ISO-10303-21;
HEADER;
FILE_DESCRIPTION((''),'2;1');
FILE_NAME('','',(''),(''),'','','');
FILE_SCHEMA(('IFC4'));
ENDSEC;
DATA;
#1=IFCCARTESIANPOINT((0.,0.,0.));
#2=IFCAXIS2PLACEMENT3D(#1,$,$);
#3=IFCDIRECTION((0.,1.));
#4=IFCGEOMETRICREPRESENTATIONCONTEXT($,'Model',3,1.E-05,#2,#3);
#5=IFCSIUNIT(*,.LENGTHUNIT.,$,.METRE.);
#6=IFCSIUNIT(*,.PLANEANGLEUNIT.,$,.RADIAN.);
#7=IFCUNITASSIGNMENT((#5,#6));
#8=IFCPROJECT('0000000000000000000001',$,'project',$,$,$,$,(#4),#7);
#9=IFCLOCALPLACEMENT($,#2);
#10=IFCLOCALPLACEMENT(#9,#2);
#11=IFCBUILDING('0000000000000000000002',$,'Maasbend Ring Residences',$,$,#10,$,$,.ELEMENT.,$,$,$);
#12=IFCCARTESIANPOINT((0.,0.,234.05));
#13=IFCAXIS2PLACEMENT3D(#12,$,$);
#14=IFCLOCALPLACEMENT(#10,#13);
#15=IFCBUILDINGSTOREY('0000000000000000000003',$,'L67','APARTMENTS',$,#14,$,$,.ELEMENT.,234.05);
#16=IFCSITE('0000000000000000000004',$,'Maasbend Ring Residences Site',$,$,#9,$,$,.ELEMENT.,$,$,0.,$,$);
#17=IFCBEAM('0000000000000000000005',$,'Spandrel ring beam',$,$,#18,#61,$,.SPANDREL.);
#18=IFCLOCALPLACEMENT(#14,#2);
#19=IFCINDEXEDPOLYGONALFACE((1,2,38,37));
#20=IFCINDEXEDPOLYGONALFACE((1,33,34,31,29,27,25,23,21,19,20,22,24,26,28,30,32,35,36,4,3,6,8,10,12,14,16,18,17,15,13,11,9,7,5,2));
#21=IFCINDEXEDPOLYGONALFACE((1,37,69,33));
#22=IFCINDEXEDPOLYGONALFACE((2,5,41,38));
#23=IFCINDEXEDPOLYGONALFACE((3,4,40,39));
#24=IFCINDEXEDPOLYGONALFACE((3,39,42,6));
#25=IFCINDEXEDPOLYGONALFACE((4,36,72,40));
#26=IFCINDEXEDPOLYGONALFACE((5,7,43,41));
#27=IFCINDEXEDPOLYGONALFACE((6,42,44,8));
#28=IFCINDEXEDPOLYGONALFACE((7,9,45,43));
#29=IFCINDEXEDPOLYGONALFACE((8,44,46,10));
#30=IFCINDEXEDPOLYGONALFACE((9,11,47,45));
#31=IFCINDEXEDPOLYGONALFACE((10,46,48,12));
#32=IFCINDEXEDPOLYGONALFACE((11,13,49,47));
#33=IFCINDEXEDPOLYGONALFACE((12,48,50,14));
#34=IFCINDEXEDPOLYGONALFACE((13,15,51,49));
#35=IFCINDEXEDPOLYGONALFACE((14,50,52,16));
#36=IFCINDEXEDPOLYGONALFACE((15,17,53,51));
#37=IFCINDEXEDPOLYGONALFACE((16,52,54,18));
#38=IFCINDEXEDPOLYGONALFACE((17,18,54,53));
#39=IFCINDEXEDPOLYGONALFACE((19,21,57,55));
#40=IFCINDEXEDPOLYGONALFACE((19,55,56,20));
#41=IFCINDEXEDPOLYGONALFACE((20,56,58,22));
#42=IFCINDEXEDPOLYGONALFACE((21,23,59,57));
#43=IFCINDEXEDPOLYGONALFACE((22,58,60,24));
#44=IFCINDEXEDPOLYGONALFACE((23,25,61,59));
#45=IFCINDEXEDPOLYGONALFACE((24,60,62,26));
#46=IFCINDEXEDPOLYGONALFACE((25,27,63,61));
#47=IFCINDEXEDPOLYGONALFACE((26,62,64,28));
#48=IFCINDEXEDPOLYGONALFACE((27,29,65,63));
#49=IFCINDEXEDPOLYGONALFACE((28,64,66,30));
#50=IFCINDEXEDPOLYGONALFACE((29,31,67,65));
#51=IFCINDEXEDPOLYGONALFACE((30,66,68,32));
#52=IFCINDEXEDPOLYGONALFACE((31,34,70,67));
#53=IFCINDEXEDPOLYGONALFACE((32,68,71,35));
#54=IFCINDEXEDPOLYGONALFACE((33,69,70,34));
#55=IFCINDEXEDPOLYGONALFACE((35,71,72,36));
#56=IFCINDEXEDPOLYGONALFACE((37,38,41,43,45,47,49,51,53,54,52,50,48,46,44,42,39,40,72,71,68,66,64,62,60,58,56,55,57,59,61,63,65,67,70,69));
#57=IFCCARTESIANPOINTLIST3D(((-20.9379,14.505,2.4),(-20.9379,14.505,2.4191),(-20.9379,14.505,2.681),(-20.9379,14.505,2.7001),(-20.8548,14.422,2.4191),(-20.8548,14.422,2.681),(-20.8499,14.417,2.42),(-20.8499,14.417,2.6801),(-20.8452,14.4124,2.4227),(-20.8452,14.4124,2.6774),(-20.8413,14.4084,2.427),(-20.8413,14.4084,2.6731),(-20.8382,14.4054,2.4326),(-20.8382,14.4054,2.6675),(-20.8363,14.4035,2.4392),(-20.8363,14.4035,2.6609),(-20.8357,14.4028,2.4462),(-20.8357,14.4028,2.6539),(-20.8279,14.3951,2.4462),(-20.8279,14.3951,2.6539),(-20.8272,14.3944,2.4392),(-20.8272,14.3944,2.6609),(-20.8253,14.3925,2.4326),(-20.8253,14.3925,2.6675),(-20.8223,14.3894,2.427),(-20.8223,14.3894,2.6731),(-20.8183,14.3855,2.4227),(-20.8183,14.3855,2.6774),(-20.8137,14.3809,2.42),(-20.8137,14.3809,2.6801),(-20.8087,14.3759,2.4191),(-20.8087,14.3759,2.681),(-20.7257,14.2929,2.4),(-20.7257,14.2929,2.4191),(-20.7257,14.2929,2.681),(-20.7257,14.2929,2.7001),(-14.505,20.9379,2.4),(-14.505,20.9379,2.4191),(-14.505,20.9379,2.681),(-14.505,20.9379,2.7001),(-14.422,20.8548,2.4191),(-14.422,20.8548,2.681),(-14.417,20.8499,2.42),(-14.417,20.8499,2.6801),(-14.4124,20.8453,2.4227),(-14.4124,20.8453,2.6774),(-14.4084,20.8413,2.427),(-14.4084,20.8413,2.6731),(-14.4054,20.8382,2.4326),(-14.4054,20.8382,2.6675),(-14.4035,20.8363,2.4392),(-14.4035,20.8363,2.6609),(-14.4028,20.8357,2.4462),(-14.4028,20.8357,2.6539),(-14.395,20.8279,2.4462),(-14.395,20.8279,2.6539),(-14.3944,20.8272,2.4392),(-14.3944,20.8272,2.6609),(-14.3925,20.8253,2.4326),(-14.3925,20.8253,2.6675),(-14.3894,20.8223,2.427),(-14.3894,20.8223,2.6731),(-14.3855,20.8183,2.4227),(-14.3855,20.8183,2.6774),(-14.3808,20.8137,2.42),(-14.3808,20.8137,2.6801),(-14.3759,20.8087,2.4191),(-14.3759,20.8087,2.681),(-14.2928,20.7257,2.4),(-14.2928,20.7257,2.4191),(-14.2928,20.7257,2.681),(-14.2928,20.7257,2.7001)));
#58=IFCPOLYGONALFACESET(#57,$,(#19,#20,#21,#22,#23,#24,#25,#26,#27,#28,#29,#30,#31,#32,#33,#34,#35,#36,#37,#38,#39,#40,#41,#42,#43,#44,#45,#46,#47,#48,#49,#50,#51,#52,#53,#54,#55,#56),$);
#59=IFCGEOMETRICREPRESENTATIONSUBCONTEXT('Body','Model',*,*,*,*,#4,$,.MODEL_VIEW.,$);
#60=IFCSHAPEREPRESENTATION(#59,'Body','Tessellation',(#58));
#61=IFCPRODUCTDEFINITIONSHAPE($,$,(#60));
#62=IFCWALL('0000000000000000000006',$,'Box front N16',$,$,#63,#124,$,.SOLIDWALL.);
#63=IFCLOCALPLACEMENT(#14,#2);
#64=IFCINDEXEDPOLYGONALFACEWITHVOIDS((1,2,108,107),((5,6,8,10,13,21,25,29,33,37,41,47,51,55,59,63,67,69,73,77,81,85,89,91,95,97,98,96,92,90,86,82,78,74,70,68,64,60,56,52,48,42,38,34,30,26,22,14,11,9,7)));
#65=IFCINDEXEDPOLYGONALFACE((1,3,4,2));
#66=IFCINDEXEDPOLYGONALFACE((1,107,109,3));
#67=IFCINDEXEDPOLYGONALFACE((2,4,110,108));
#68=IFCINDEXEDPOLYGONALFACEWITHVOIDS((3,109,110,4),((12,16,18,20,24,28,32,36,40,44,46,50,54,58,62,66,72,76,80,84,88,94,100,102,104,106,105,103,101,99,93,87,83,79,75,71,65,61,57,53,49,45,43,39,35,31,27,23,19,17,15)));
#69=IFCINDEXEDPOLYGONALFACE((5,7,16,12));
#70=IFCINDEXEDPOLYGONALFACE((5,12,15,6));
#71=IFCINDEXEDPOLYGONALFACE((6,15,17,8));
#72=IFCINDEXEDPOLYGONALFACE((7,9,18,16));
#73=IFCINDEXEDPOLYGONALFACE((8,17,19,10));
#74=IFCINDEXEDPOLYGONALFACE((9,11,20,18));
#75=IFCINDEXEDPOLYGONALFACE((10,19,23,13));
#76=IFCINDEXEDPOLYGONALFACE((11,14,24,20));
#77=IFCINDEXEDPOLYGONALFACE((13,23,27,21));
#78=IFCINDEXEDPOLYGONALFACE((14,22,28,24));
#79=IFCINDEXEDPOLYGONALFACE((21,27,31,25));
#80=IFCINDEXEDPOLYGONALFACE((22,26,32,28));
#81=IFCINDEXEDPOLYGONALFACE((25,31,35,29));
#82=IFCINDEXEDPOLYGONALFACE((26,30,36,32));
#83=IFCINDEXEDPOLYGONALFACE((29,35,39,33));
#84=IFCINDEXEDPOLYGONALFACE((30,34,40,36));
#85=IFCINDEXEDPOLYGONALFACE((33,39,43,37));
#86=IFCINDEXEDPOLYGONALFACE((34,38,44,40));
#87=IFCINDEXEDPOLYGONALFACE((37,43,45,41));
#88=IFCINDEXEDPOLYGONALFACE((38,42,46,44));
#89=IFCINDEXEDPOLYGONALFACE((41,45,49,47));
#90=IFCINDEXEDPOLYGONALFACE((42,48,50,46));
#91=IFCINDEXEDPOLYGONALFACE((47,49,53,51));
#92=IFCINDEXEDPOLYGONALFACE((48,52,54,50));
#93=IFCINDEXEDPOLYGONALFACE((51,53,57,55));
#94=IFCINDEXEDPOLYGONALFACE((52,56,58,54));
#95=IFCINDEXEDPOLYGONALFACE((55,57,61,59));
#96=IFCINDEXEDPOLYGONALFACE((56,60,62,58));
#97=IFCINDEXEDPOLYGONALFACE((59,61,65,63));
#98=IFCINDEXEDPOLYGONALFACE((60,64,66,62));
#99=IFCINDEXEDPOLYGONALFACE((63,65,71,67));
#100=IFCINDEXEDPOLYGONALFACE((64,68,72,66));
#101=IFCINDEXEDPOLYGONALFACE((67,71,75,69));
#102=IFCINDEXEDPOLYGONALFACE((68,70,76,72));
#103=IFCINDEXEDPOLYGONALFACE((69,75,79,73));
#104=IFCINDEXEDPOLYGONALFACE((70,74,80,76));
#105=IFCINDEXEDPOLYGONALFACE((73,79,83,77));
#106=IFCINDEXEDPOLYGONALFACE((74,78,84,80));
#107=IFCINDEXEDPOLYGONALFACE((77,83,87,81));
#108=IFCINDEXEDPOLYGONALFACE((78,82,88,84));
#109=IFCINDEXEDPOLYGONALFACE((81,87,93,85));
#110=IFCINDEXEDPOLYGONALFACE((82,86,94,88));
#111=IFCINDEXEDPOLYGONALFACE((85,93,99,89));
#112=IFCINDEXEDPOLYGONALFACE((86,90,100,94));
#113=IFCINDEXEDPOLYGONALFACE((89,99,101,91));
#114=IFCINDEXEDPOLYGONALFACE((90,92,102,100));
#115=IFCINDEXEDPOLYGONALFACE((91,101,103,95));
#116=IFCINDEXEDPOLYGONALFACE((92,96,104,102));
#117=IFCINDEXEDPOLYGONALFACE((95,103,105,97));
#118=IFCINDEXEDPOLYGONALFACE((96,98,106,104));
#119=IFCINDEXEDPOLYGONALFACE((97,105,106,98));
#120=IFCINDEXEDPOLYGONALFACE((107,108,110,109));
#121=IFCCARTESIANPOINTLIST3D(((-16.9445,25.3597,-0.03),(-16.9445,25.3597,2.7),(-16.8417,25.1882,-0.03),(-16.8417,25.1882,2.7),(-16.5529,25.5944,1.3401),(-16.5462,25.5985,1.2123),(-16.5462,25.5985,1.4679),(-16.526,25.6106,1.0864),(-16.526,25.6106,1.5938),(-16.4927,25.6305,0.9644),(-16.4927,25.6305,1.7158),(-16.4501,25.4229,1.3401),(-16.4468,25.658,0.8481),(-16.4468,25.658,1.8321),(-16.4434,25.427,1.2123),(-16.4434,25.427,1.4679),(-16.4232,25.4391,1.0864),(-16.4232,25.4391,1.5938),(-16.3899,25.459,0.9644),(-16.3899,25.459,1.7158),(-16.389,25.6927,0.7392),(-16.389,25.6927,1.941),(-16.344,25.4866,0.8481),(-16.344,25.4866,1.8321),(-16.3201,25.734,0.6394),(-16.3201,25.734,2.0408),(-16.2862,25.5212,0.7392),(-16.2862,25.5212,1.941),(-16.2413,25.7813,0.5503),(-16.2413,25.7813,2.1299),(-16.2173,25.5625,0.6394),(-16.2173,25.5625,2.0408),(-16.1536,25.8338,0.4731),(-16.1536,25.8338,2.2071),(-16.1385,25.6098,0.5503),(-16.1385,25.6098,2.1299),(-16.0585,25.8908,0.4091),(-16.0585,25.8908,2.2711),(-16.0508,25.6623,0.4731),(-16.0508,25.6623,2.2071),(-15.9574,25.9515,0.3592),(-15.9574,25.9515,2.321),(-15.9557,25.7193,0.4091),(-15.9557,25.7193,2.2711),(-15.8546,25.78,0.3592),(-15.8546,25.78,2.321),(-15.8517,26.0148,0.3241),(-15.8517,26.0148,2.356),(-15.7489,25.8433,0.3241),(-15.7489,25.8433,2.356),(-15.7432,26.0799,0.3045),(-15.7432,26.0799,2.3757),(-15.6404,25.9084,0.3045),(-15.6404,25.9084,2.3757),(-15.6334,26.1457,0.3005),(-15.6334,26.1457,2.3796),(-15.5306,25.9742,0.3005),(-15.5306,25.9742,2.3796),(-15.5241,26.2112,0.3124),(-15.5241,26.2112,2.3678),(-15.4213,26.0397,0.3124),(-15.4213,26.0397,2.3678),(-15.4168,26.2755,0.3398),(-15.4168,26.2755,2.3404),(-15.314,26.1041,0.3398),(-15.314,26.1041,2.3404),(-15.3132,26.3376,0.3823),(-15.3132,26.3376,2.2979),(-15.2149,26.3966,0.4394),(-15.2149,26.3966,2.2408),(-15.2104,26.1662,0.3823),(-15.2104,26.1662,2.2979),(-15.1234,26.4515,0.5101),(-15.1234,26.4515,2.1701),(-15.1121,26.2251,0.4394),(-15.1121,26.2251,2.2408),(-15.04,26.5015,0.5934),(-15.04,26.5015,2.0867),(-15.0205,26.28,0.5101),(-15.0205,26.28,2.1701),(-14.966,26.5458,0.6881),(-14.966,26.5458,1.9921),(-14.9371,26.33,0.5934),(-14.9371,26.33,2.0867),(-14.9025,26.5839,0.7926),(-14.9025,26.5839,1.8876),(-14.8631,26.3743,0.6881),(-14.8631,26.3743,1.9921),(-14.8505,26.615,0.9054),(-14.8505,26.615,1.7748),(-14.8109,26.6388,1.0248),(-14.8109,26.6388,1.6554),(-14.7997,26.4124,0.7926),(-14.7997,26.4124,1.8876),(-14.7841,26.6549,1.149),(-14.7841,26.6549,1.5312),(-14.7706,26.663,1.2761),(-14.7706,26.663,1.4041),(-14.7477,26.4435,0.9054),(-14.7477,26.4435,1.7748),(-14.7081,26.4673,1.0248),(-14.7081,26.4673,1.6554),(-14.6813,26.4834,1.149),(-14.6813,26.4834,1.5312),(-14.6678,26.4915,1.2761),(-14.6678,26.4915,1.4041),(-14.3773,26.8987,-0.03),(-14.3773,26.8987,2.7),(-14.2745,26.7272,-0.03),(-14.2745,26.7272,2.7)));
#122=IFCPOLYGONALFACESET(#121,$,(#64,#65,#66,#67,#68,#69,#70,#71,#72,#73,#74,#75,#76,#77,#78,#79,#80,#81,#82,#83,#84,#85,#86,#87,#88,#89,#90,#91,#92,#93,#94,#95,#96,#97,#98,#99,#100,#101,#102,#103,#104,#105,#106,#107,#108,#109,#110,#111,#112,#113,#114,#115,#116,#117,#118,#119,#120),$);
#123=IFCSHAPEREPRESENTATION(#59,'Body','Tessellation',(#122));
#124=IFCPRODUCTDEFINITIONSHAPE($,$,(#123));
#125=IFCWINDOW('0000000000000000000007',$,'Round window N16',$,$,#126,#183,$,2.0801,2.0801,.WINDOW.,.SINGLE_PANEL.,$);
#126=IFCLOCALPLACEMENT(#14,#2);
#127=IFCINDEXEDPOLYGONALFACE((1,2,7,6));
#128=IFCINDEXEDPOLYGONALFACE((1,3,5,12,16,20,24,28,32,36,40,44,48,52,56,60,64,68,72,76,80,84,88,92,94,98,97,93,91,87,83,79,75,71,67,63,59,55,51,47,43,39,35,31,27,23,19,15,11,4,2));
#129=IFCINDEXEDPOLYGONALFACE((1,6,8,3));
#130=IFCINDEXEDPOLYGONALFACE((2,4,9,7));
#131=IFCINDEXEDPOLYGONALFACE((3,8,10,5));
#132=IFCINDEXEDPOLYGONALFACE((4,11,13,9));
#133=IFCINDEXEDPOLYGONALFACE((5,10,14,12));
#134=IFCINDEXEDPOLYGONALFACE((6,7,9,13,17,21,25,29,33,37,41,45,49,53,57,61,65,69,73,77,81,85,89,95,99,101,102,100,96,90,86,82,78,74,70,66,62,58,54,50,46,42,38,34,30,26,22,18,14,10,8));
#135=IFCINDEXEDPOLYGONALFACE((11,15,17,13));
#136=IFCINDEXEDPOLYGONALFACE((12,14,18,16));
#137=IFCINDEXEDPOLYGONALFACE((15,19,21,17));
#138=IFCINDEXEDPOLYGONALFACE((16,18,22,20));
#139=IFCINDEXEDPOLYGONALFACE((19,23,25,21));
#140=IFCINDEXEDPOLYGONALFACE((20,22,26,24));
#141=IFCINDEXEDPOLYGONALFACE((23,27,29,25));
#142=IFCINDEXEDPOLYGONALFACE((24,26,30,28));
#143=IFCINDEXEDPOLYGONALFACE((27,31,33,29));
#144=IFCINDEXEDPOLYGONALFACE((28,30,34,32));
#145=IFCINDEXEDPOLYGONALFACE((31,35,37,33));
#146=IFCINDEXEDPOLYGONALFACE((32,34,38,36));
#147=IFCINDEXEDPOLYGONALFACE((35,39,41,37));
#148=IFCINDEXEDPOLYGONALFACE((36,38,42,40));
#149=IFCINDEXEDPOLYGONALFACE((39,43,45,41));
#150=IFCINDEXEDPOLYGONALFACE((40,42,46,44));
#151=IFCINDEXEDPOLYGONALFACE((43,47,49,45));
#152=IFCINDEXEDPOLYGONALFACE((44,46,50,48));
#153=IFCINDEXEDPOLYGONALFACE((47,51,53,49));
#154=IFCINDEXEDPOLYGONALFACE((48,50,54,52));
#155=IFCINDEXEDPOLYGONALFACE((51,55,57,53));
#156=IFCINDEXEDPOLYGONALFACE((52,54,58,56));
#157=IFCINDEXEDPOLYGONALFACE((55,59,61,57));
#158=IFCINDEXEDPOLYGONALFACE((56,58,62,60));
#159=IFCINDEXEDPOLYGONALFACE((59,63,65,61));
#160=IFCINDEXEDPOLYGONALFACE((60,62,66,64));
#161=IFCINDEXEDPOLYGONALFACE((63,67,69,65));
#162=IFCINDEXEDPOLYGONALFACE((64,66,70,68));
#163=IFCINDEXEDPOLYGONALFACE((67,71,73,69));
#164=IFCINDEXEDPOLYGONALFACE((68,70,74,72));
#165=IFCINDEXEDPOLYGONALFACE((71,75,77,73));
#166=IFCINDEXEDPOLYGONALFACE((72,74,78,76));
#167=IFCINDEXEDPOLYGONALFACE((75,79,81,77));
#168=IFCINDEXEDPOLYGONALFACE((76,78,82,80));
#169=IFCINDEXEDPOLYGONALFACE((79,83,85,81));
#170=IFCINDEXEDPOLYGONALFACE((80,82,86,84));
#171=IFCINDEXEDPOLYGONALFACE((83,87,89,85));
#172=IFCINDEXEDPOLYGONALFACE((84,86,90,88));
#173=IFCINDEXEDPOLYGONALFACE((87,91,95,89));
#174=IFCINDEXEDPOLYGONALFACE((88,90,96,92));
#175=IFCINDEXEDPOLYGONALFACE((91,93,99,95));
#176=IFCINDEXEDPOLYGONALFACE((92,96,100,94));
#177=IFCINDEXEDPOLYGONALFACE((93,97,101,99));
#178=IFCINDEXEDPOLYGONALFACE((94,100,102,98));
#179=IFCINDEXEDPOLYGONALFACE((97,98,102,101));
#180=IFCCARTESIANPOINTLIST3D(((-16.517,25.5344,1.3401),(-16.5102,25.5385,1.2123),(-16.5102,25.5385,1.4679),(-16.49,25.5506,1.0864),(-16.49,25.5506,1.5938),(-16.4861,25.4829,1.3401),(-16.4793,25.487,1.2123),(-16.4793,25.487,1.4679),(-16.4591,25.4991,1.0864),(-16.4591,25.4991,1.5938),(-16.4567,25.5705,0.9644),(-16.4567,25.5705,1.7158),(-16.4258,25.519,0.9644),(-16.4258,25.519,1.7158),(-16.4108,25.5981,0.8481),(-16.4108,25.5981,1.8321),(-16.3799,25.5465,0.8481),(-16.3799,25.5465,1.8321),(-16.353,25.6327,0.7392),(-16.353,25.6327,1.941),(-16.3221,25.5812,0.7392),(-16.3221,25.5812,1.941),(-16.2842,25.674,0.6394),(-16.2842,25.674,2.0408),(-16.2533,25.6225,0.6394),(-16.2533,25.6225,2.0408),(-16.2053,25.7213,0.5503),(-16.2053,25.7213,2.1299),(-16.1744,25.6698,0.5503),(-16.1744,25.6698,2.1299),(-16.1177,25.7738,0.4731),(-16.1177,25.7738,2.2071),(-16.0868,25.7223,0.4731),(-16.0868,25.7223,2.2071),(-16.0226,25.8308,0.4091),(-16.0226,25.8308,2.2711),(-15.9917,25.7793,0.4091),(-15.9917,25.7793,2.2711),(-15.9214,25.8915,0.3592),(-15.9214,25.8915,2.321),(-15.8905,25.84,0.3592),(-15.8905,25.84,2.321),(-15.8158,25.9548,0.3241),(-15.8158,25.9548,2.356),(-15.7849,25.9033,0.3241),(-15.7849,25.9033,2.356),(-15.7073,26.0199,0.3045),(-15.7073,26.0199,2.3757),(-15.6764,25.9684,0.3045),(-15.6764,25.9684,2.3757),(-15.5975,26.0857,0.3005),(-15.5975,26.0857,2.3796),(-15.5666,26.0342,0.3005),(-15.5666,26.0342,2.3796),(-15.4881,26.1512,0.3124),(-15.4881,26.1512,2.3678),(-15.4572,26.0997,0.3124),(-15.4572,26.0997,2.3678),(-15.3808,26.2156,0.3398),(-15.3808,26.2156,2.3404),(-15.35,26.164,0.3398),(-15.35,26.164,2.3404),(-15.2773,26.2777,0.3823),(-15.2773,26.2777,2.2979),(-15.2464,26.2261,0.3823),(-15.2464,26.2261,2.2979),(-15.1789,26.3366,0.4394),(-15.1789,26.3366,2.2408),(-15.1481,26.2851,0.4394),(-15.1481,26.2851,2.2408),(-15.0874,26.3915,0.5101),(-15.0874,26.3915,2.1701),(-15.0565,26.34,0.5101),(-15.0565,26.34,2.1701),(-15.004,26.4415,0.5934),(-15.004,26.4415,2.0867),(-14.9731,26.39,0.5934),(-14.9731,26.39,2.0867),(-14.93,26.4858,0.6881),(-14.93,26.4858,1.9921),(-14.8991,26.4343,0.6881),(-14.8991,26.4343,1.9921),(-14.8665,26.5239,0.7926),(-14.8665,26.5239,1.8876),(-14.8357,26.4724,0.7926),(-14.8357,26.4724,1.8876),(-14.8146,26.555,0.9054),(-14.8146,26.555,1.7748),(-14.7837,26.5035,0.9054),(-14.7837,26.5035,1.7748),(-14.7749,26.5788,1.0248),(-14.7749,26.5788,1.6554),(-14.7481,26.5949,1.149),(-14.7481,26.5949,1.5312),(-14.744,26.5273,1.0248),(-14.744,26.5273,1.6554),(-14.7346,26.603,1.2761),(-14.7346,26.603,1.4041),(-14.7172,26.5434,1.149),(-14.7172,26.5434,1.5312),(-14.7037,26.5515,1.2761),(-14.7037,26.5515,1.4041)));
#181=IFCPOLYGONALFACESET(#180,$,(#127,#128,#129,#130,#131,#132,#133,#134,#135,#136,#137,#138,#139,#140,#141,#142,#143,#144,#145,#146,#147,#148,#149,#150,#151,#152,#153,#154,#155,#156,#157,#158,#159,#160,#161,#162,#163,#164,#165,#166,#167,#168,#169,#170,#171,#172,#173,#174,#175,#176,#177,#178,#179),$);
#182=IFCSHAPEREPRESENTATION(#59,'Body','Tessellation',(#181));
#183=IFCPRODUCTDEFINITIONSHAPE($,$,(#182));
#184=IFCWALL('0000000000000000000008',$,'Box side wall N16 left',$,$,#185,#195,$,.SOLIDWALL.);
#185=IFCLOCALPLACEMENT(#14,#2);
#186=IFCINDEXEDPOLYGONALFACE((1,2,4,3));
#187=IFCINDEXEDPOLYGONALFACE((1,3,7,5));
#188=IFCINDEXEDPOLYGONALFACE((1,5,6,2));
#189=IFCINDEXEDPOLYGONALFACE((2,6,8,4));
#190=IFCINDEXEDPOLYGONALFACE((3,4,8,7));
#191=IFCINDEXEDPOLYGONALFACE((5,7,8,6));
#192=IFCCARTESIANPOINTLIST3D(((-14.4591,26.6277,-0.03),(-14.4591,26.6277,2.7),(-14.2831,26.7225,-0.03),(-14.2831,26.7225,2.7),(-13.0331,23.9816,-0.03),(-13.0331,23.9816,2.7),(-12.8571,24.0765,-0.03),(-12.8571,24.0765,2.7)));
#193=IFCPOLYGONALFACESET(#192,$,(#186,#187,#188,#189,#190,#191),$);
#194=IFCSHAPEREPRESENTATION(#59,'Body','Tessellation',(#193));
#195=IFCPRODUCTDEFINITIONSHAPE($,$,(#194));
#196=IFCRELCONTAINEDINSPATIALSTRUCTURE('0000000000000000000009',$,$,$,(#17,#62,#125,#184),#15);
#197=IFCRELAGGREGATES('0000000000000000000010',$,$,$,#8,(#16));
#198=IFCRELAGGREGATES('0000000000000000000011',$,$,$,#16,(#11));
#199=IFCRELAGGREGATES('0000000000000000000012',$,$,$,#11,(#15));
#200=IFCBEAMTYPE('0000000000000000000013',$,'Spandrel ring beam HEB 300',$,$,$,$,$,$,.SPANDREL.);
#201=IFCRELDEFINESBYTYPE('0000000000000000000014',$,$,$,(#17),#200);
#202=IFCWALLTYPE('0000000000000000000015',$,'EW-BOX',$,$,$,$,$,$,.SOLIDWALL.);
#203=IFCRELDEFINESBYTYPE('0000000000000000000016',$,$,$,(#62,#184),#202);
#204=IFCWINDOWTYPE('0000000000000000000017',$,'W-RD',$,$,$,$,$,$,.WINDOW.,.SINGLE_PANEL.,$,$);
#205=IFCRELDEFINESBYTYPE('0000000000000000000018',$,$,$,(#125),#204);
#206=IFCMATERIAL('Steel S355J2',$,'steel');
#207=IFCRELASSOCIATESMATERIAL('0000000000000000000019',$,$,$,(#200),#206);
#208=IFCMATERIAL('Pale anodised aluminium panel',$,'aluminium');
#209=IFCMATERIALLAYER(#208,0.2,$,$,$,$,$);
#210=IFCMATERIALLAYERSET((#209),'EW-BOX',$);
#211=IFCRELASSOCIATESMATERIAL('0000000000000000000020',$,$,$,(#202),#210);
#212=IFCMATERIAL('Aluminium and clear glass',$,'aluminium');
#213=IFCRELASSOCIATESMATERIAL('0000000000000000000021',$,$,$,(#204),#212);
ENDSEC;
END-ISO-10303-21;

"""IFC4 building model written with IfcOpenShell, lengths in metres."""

from ifc_helpers import new_model, si_unit, direction, frame, frame_2d, origin, origin_2d, place, context, subcontext, project, spatial, rectangle, circle, i_section, extrude, material, layer, layer_set, material_profile, profile_set, type_object, element, fill, save


model = new_model("IFC4")

# Units and contexts
model_context = context("Model", 3, precision=1e-05, world=origin(), true_north=direction((0.0, 1.0)))
body_context = subcontext(model_context, "Body", "Model", "MODEL_VIEW")
ifc_project = project(units=[si_unit("LENGTHUNIT", "METRE"), si_unit("PLANEANGLEUNIT", "RADIAN")], contexts=[model_context])

# Site, building, storey
site_placement = place(None, origin())
site = spatial("IfcSite", under=ifc_project, at=site_placement, Name="Maasbend Ring Residences Site", CompositionType="ELEMENT", RefElevation=0.0)
building_placement = place(site_placement, origin())
building = spatial("IfcBuilding", under=site, at=building_placement, Name="Maasbend Ring Residences", CompositionType="ELEMENT")
storey_placement = place(building_placement, frame((0.0, 0.0, 234.05)))
storey = spatial("IfcBuildingStorey", under=building, at=storey_placement, Name="L67", Description="APARTMENTS", CompositionType="ELEMENT", Elevation=234.05)

# Beam
ifc_material_1 = material(Name="Steel S355J2", Category="steel")
ifc_material_profile_1 = material_profile(ifc_material_1, i_section(OverallWidth=0.3, OverallDepth=0.3, WebThickness=0.011, FlangeThickness=0.019, FilletRadius=0.0271, at=origin_2d()), Name="HEB 300")
ifc_profile_set_1 = profile_set([ifc_material_profile_1], Name="Steel S355J2")
beam_type = type_object("IfcBeamType", Name="Spandrel ring beam HEB 300", PredefinedType="SPANDREL", material=ifc_profile_set_1)
beam_placement = place(storey_placement, frame((-14.3989, 20.8318, 2.55), z_axis=(-0.707107, -0.707107, 0.0), x_axis=(0.707107, -0.707107, 0.0)))
element("IfcBeam", 1, at=beam_placement, inside=storey, type_object=beam_type, Name="Spandrel ring beam", PredefinedType="SPANDREL", context=body_context, shape_type="SweptSolid", body=[
    extrude(i_section(OverallWidth=0.3, OverallDepth=0.3, WebThickness=0.011, FlangeThickness=0.019, FilletRadius=0.0271, at=origin_2d()), origin(), (0.0, 0.0, 1.0), 9.0974),
])

# Wall, opening, window
ifc_material_2 = material(Name="Pale anodised aluminium panel", Category="aluminium")
ifc_layer_1 = layer(ifc_material_2, 0.2)
ifc_layer_set_1 = layer_set([ifc_layer_1], Name="EW-BOX")
wall_type_1 = type_object("IfcWallType", Name="EW-BOX", PredefinedType="SOLIDWALL", material=ifc_layer_set_1)
wall_1_placement = place(storey_placement, frame((-14.3259, 26.813, -0.03), z_axis=(0.0, 0.0, 1.0), x_axis=(-0.857673, -0.514196, 0.0)))
wall_1 = element("IfcWall", 2, at=wall_1_placement, inside=storey, type_object=wall_type_1, Name="Box front N16", PredefinedType="SOLIDWALL", context=body_context, shape_type="SweptSolid", body=[
    extrude(rectangle(XDim=2.9932, YDim=0.2, at=frame_2d((1.4966, 0.0))), origin(), (0.0, 0.0, 1.0), 2.73),
])
opening_1_placement = place(wall_1_placement, frame((0.4565, 0.0, 0.3301)))
opening_1 = element("IfcOpeningElement", 3, at=opening_1_placement, cuts=wall_1, PredefinedType="OPENING", context=body_context, shape_type="SweptSolid", body=[
    extrude(circle(Radius=1.04, at=frame_2d((1.04, 1.04))), frame((0.0, 0.1099, 0.0), z_axis=(0.0, -1.0, 0.0), x_axis=(1.0, 0.0, 0.0)), (0.0, 0.0, 1.0), 0.22),
])
ifc_material_3 = material(Name="Aluminium and clear glass", Category="aluminium")
window_type_1 = type_object("IfcWindowType", Name="W-RD", PartitioningType="SINGLE_PANEL", PredefinedType="WINDOW", material=ifc_material_3)
window_1_placement = place(opening_1_placement, origin())
window_1 = element("IfcWindow", 4, at=window_1_placement, inside=storey, type_object=window_type_1, Name="Round window N16", OverallHeight=2.0801, OverallWidth=2.0801, PartitioningType="SINGLE_PANEL", PredefinedType="WINDOW", context=body_context, shape_type="SweptSolid", body=[
    extrude(circle(Radius=1.04, at=frame_2d((1.04, 1.04))), frame((0.0, 0.03, 0.0), z_axis=(0.0, -1.0, 0.0), x_axis=(1.0, 0.0, 0.0)), (0.0, 0.0, 1.0), 0.0601),
])
fill(opening_1, window_1)

# Wall
wall_2_placement = place(storey_placement, frame((-12.9451, 24.0291, -0.03), z_axis=(0.0, 0.0, 1.0), x_axis=(-0.474424, 0.880296, 0.0)))
element("IfcWall", 5, at=wall_2_placement, inside=storey, type_object=wall_type_1, Name="Box side wall N16 left", PredefinedType="SOLIDWALL", context=body_context, shape_type="SweptSolid", body=[
    extrude(rectangle(XDim=3.0059, YDim=0.2, at=frame_2d((1.5029, 0.0))), origin(), (0.0, 0.0, 1.0), 2.73),
])

save(model, "model.ifc")
